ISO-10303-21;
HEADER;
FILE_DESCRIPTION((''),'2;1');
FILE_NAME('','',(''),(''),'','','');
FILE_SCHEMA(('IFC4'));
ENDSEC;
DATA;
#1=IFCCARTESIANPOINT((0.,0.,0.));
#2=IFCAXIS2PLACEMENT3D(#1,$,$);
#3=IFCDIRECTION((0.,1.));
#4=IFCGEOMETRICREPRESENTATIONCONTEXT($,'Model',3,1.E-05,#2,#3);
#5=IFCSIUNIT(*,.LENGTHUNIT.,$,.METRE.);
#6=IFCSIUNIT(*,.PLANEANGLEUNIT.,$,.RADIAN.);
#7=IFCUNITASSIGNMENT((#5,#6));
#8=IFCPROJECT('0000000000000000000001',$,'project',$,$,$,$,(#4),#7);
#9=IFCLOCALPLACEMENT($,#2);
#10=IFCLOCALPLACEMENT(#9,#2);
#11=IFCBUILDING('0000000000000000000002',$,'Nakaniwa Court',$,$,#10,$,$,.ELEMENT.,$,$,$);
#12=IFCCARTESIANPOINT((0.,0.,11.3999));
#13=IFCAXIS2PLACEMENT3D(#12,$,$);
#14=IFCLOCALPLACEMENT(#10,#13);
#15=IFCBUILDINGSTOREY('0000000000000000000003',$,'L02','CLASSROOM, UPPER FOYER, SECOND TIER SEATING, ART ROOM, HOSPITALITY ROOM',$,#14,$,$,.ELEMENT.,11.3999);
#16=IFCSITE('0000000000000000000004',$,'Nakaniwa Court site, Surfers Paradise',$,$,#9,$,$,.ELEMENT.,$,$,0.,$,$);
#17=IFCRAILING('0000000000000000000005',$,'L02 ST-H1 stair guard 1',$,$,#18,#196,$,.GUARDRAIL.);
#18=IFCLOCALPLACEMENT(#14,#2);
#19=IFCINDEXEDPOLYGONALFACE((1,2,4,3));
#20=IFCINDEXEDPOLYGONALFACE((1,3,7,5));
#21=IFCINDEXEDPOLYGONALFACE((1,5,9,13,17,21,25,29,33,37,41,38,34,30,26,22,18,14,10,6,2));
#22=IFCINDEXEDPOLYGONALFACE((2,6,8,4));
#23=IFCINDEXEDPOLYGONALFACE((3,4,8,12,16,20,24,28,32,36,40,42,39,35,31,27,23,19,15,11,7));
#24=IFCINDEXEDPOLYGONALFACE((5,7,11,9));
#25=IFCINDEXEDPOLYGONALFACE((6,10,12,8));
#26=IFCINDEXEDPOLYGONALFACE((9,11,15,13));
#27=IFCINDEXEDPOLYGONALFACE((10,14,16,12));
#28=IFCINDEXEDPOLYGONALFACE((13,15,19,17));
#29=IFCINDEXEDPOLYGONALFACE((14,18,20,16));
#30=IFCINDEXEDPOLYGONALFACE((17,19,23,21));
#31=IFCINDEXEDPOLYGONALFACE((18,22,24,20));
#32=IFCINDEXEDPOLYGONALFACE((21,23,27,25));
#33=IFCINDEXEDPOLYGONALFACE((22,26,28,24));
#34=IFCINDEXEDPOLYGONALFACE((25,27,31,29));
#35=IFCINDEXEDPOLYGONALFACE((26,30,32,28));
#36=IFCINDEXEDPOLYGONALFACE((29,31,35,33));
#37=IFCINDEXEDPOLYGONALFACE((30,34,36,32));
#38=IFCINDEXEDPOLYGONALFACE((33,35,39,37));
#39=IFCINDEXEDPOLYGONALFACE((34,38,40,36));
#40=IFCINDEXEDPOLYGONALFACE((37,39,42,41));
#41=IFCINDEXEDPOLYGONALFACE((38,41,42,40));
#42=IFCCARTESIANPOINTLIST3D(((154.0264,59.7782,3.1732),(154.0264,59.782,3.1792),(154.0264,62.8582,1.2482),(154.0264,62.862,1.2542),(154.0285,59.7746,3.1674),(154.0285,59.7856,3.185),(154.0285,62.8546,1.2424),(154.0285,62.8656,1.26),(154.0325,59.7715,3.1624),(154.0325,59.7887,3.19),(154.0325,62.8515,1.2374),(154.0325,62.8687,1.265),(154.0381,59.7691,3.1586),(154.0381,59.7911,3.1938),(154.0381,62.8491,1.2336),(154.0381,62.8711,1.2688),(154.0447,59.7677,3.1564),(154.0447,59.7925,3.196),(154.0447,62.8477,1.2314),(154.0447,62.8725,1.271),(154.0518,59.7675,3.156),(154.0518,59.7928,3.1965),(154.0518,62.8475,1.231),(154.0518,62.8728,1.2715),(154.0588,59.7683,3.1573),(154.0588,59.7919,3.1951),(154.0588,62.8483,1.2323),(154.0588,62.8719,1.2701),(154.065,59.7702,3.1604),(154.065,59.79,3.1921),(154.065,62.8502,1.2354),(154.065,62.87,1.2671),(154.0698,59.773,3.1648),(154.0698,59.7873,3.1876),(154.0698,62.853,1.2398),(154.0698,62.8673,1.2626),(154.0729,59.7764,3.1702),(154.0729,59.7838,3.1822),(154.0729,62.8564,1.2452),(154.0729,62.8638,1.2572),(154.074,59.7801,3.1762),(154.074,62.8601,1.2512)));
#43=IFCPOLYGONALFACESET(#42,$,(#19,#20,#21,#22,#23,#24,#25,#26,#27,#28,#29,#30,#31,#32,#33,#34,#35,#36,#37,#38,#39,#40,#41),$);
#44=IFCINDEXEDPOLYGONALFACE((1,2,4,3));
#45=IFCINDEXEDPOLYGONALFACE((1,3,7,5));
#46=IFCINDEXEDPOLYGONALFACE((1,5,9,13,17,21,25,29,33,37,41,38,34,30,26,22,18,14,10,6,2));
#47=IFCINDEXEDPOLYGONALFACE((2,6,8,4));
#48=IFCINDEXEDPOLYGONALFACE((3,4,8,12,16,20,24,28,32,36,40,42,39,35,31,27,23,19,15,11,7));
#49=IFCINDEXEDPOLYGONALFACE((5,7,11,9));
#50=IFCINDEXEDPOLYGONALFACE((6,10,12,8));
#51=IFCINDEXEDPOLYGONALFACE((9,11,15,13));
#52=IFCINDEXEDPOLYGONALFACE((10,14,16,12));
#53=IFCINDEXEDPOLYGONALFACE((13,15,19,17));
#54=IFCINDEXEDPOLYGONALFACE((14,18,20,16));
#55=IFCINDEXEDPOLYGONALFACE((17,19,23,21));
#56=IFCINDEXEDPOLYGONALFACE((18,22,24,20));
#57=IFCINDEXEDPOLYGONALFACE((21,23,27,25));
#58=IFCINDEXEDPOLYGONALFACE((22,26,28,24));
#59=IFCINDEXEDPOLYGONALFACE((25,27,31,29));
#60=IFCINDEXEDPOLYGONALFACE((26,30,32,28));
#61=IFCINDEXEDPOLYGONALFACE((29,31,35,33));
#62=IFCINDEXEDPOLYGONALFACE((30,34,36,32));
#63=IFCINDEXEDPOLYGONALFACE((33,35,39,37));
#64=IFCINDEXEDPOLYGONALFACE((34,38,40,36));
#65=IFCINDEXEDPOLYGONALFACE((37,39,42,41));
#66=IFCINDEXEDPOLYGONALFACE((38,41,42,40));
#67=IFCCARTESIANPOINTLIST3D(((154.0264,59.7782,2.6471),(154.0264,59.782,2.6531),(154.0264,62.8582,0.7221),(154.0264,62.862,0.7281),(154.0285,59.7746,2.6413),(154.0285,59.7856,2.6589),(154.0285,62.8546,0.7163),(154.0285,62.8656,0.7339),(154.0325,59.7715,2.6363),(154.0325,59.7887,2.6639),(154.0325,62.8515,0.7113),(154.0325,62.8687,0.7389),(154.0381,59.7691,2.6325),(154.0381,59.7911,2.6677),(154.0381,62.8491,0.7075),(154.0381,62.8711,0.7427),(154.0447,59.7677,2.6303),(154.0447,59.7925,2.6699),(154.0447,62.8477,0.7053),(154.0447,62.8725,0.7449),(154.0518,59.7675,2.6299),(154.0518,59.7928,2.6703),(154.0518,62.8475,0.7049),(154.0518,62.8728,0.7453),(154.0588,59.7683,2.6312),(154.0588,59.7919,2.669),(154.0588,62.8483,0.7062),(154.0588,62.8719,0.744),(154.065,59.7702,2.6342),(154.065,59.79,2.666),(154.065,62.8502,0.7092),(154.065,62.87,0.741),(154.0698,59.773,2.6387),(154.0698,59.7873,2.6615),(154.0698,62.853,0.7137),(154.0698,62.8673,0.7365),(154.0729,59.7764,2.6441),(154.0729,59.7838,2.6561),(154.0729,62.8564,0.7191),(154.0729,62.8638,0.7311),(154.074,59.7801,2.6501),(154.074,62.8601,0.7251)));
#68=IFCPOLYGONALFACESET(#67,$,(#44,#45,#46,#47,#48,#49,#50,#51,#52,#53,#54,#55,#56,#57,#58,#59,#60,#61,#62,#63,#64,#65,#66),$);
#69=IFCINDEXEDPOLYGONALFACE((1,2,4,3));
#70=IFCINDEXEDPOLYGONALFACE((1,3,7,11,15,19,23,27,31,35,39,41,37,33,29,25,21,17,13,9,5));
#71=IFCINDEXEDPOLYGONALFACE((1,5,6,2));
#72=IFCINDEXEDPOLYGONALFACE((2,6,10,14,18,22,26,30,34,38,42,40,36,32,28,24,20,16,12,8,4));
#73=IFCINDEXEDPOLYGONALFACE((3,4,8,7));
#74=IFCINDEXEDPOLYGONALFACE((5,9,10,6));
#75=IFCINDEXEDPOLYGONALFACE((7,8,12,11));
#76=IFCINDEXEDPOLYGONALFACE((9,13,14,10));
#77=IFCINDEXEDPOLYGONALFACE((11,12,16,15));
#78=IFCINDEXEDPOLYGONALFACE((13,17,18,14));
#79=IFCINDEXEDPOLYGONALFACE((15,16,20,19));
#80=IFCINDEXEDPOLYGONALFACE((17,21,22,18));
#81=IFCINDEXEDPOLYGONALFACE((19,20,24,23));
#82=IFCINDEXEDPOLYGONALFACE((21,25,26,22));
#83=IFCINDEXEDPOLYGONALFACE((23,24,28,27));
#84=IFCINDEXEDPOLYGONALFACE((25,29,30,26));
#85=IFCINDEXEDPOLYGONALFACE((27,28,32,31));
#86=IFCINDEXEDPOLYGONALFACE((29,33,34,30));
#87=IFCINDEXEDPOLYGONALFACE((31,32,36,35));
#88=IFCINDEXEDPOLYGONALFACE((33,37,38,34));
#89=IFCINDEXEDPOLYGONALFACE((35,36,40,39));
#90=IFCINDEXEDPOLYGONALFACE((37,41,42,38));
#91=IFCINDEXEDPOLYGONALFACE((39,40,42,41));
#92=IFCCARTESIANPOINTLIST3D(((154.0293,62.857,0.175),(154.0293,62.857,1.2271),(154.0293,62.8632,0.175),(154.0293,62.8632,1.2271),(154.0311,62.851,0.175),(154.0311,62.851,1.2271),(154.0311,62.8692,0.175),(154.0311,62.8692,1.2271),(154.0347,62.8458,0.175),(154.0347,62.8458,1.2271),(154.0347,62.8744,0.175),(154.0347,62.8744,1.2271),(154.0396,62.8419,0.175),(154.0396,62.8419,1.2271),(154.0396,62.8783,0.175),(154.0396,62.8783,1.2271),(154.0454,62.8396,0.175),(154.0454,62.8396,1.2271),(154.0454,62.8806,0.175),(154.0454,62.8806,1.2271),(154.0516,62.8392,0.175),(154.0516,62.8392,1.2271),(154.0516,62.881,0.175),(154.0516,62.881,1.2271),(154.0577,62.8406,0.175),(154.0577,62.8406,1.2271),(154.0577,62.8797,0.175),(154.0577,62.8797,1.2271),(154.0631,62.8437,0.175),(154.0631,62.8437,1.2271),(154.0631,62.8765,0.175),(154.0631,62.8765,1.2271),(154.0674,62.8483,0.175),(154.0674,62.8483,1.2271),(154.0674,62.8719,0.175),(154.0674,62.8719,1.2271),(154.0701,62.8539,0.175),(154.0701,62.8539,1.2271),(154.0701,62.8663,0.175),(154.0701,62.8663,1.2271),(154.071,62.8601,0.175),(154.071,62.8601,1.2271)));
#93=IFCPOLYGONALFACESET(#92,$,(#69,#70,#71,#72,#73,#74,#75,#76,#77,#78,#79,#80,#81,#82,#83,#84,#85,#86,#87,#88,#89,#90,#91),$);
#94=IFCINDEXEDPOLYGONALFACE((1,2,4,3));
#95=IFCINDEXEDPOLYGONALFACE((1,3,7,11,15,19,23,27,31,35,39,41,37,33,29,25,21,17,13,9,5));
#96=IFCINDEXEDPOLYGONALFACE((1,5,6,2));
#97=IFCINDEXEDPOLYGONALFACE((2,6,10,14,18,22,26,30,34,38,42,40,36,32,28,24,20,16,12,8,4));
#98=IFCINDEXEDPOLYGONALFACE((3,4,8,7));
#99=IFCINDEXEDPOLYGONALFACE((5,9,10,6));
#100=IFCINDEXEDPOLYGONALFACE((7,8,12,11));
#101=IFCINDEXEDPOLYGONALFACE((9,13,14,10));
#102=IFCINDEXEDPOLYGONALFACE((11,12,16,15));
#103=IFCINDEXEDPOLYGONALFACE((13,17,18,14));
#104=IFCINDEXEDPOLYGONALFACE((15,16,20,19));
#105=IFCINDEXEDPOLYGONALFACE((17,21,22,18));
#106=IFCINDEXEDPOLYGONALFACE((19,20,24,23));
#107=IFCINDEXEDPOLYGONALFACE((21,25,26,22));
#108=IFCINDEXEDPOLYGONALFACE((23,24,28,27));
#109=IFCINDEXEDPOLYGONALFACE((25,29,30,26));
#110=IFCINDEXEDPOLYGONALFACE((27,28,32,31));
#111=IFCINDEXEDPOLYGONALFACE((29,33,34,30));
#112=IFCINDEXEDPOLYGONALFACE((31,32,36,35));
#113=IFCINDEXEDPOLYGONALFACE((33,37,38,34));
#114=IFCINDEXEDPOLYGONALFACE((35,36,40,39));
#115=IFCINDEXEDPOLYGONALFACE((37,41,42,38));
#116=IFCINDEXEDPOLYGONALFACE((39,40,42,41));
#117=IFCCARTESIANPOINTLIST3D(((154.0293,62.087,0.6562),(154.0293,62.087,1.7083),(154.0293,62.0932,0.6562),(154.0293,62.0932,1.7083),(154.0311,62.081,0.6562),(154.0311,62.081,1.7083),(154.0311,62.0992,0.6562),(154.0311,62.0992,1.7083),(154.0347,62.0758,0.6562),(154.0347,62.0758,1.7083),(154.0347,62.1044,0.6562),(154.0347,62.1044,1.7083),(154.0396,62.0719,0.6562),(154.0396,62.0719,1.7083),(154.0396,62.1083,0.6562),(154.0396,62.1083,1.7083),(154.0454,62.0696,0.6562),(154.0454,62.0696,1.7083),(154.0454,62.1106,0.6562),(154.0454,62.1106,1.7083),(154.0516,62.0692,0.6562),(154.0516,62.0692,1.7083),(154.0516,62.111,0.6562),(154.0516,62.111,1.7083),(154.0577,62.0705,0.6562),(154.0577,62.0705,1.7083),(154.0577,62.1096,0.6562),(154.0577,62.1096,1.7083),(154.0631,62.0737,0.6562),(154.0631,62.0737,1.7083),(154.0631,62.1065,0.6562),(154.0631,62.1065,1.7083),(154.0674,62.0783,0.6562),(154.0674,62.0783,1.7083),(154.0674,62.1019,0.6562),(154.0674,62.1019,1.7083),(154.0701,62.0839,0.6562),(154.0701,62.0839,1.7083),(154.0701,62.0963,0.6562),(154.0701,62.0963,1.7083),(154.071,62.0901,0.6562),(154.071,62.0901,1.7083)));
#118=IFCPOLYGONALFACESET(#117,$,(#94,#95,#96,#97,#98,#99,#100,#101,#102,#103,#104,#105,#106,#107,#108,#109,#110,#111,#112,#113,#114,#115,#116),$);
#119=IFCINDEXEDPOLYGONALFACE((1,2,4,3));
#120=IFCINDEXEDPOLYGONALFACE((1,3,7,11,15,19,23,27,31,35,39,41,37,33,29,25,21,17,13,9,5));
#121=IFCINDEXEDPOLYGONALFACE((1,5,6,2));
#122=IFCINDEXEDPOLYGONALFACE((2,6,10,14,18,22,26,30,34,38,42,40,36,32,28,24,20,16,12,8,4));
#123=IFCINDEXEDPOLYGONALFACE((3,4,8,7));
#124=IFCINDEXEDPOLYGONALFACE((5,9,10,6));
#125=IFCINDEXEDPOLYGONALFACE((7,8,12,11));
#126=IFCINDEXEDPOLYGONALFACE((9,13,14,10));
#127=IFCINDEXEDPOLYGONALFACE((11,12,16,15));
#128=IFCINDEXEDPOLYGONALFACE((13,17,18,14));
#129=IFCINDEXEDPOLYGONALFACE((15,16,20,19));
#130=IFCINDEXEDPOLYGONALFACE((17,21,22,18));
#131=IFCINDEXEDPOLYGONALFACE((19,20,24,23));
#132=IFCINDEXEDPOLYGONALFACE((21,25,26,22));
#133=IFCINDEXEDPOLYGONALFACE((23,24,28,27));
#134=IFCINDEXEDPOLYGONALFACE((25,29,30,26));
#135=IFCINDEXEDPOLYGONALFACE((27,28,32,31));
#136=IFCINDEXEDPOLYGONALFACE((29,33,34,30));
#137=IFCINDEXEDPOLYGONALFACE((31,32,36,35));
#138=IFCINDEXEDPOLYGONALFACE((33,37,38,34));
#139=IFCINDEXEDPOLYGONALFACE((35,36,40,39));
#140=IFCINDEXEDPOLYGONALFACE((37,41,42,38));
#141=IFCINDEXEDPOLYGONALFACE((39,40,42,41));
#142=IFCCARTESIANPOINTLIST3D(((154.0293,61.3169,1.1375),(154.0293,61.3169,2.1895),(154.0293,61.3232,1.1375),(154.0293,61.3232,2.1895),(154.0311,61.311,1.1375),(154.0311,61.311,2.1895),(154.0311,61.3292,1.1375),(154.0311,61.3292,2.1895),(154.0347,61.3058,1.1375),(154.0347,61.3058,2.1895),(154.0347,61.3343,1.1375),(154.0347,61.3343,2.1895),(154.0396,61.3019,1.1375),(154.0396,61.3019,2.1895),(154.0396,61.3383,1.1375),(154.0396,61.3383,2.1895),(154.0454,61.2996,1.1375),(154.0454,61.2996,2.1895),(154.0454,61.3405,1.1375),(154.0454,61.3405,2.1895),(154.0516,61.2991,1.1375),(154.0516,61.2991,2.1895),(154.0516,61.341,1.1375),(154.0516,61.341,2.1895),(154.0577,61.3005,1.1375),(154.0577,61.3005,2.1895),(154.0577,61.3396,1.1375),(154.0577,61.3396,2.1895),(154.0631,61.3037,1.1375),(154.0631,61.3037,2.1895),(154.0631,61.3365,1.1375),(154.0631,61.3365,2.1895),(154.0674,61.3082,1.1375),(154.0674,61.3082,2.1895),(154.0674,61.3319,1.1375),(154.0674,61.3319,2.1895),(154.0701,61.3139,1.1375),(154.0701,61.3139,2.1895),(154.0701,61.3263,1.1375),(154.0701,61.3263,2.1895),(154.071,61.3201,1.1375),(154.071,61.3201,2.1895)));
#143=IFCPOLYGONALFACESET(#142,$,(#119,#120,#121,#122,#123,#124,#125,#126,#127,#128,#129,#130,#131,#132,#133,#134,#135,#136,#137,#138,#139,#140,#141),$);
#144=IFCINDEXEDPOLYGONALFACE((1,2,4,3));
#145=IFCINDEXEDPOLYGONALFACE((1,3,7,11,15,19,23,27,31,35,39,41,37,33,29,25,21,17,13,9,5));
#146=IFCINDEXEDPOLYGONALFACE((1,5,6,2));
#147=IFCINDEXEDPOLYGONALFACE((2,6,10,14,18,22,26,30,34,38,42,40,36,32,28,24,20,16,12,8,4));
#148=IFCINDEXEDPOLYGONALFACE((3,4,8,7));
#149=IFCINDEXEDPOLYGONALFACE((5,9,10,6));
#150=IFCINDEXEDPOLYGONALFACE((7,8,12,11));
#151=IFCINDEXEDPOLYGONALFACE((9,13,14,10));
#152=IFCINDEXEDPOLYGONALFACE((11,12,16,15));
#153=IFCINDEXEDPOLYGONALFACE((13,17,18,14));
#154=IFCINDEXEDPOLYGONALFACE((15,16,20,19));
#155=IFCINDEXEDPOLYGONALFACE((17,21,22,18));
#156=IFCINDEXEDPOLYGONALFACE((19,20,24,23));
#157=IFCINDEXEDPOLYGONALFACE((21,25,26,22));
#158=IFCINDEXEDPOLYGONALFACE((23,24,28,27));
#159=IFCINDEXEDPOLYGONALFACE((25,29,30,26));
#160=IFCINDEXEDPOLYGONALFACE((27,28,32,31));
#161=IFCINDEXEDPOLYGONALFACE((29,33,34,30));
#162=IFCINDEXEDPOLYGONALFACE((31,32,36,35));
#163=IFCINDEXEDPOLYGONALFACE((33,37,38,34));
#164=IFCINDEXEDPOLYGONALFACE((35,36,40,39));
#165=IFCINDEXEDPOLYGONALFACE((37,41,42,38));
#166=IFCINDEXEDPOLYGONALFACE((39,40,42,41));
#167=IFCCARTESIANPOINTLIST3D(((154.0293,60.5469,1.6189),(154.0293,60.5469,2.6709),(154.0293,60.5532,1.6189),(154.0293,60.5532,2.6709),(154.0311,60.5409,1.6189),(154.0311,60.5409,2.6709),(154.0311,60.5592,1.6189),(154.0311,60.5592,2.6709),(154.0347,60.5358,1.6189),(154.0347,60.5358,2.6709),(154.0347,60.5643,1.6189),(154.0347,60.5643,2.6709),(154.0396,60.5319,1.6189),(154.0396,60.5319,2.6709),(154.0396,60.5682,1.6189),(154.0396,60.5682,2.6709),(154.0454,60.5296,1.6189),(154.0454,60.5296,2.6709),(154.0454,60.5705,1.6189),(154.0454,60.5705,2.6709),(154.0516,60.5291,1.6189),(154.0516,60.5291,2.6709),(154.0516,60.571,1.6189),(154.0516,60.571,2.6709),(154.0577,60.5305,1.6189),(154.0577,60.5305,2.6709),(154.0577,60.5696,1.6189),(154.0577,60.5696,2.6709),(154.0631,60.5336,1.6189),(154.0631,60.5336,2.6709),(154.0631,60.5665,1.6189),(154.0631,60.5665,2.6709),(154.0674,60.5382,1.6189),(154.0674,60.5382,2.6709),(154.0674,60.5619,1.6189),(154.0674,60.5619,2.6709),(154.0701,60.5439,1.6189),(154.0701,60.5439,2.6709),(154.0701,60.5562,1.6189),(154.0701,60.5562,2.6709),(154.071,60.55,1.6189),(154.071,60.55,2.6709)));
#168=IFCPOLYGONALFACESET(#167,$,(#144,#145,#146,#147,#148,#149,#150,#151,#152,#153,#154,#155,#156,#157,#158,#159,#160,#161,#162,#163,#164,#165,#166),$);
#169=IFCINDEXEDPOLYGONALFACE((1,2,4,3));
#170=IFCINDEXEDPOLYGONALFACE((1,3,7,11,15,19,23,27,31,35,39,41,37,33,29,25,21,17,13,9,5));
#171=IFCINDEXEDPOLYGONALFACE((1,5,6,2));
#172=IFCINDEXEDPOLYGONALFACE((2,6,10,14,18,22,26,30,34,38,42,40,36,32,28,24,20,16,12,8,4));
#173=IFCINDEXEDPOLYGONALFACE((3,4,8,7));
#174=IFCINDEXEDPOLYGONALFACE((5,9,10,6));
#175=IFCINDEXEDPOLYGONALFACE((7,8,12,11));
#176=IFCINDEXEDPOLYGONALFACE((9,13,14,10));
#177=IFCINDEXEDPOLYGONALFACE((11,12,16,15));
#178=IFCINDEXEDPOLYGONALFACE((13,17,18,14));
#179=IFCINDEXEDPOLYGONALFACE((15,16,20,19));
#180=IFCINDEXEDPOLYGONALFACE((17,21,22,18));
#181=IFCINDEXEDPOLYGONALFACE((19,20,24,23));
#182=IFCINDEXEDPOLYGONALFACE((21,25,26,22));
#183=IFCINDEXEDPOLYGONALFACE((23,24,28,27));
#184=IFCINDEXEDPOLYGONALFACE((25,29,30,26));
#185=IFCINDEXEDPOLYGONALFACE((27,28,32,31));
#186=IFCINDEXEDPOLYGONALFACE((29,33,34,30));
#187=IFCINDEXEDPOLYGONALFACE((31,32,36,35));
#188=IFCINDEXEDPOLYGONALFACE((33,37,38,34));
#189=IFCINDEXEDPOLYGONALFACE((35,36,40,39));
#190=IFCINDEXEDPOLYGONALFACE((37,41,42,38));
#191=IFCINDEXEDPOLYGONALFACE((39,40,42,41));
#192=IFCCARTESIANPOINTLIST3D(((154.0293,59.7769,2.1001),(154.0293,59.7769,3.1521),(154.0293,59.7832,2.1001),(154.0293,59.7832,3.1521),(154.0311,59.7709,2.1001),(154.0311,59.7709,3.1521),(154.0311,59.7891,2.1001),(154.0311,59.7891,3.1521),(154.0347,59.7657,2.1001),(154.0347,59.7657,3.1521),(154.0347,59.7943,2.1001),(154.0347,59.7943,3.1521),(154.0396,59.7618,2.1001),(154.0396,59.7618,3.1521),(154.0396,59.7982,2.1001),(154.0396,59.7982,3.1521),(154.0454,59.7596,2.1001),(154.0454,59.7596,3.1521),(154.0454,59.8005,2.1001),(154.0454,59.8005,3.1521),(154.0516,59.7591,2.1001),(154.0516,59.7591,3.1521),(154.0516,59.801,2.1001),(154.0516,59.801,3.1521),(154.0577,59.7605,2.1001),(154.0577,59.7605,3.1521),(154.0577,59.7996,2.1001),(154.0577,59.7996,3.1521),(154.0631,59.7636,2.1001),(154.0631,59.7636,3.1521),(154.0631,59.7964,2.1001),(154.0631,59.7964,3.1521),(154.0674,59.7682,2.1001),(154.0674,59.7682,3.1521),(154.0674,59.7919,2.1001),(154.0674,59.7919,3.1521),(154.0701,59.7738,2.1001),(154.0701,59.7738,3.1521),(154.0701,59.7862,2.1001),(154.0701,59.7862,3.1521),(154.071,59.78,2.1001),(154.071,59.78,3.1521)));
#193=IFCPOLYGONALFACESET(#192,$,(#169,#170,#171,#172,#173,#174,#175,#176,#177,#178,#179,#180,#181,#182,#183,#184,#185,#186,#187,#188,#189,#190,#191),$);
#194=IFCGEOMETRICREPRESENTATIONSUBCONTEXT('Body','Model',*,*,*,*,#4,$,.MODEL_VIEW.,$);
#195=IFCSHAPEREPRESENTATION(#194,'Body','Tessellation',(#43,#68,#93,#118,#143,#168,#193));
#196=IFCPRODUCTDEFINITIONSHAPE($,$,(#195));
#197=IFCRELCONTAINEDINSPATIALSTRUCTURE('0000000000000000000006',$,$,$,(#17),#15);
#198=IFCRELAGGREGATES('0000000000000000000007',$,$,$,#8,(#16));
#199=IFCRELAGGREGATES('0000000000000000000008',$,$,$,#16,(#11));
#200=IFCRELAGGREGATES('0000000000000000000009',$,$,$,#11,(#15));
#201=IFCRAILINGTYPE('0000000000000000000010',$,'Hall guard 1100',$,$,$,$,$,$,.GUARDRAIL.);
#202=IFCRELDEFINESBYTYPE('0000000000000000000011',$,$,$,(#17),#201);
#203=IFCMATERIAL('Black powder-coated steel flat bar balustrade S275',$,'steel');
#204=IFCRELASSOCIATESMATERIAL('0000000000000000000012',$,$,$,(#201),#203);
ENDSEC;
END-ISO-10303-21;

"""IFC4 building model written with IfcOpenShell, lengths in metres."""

from ifc_helpers import new_model, si_unit, direction, frame, origin, origin_2d, place, context, subcontext, project, spatial, circle, extrude, material, type_object, element, save


model = new_model("IFC4")

# Units and contexts
model_context = context("Model", 3, precision=1e-05, world=origin(), true_north=direction((0.0, 1.0)))
body_context = subcontext(model_context, "Body", "Model", "MODEL_VIEW")
ifc_project = project(units=[si_unit("LENGTHUNIT", "METRE"), si_unit("PLANEANGLEUNIT", "RADIAN")], contexts=[model_context])

# Site, building, storey
site_placement = place(None, origin())
site = spatial("IfcSite", under=ifc_project, at=site_placement, Name="Nakaniwa Court site, Surfers Paradise", CompositionType="ELEMENT", RefElevation=0.0)
building_placement = place(site_placement, origin())
building = spatial("IfcBuilding", under=site, at=building_placement, Name="Nakaniwa Court", CompositionType="ELEMENT")
storey_placement = place(building_placement, frame((0.0, 0.0, 11.3999)))
storey = spatial("IfcBuildingStorey", under=building, at=storey_placement, Name="L02", Description="CLASSROOM, UPPER FOYER, SECOND TIER SEATING, ART ROOM, HOSPITALITY ROOM", CompositionType="ELEMENT", Elevation=11.3999)

# Railing
ifc_material_1 = material(Name="Black powder-coated steel flat bar balustrade S275", Category="steel")
railing_type_1 = type_object("IfcRailingType", Name="Hall guard 1100", PredefinedType="GUARDRAIL", material=ifc_material_1)
railing_1_placement = place(storey_placement, frame((154.05, 62.8601, 0.175)))
element("IfcRailing", 1, at=railing_1_placement, inside=storey, type_object=railing_type_1, Name="L02 ST-H1 stair guard 1", PredefinedType="GUARDRAIL", context=body_context, shape_type="SweptSolid", body=[
    extrude(circle(Radius=0.0239, at=origin_2d()), frame((0.0, 0.0, 1.0762), z_axis=(0.0, -0.847998, 0.529999), x_axis=(1.0, 0.0, 0.0)), (0.0, 0.0, 1.0), 3.6321),
    extrude(circle(Radius=0.0239, at=origin_2d()), frame((0.0, 0.0, 0.55), z_axis=(0.0, -0.847998, 0.529999), x_axis=(1.0, 0.0, 0.0)), (0.0, 0.0, 1.0), 3.6321),
    extrude(circle(Radius=0.021, at=origin_2d()), origin(), (0.0, 0.0, 1.0), 1.052),
    extrude(circle(Radius=0.021, at=origin_2d()), frame((0.0, -0.77, 0.4812)), (0.0, 0.0, 1.0), 1.052),
    extrude(circle(Radius=0.021, at=origin_2d()), frame((0.0, -1.54, 0.9624)), (0.0, 0.0, 1.0), 1.052),
    extrude(circle(Radius=0.021, at=origin_2d()), frame((0.0, -2.3101, 1.4438)), (0.0, 0.0, 1.0), 1.052),
    extrude(circle(Radius=0.021, at=origin_2d()), frame((0.0, -3.0801, 1.925)), (0.0, 0.0, 1.0), 1.052),
])

save(model, "model.ifc")
